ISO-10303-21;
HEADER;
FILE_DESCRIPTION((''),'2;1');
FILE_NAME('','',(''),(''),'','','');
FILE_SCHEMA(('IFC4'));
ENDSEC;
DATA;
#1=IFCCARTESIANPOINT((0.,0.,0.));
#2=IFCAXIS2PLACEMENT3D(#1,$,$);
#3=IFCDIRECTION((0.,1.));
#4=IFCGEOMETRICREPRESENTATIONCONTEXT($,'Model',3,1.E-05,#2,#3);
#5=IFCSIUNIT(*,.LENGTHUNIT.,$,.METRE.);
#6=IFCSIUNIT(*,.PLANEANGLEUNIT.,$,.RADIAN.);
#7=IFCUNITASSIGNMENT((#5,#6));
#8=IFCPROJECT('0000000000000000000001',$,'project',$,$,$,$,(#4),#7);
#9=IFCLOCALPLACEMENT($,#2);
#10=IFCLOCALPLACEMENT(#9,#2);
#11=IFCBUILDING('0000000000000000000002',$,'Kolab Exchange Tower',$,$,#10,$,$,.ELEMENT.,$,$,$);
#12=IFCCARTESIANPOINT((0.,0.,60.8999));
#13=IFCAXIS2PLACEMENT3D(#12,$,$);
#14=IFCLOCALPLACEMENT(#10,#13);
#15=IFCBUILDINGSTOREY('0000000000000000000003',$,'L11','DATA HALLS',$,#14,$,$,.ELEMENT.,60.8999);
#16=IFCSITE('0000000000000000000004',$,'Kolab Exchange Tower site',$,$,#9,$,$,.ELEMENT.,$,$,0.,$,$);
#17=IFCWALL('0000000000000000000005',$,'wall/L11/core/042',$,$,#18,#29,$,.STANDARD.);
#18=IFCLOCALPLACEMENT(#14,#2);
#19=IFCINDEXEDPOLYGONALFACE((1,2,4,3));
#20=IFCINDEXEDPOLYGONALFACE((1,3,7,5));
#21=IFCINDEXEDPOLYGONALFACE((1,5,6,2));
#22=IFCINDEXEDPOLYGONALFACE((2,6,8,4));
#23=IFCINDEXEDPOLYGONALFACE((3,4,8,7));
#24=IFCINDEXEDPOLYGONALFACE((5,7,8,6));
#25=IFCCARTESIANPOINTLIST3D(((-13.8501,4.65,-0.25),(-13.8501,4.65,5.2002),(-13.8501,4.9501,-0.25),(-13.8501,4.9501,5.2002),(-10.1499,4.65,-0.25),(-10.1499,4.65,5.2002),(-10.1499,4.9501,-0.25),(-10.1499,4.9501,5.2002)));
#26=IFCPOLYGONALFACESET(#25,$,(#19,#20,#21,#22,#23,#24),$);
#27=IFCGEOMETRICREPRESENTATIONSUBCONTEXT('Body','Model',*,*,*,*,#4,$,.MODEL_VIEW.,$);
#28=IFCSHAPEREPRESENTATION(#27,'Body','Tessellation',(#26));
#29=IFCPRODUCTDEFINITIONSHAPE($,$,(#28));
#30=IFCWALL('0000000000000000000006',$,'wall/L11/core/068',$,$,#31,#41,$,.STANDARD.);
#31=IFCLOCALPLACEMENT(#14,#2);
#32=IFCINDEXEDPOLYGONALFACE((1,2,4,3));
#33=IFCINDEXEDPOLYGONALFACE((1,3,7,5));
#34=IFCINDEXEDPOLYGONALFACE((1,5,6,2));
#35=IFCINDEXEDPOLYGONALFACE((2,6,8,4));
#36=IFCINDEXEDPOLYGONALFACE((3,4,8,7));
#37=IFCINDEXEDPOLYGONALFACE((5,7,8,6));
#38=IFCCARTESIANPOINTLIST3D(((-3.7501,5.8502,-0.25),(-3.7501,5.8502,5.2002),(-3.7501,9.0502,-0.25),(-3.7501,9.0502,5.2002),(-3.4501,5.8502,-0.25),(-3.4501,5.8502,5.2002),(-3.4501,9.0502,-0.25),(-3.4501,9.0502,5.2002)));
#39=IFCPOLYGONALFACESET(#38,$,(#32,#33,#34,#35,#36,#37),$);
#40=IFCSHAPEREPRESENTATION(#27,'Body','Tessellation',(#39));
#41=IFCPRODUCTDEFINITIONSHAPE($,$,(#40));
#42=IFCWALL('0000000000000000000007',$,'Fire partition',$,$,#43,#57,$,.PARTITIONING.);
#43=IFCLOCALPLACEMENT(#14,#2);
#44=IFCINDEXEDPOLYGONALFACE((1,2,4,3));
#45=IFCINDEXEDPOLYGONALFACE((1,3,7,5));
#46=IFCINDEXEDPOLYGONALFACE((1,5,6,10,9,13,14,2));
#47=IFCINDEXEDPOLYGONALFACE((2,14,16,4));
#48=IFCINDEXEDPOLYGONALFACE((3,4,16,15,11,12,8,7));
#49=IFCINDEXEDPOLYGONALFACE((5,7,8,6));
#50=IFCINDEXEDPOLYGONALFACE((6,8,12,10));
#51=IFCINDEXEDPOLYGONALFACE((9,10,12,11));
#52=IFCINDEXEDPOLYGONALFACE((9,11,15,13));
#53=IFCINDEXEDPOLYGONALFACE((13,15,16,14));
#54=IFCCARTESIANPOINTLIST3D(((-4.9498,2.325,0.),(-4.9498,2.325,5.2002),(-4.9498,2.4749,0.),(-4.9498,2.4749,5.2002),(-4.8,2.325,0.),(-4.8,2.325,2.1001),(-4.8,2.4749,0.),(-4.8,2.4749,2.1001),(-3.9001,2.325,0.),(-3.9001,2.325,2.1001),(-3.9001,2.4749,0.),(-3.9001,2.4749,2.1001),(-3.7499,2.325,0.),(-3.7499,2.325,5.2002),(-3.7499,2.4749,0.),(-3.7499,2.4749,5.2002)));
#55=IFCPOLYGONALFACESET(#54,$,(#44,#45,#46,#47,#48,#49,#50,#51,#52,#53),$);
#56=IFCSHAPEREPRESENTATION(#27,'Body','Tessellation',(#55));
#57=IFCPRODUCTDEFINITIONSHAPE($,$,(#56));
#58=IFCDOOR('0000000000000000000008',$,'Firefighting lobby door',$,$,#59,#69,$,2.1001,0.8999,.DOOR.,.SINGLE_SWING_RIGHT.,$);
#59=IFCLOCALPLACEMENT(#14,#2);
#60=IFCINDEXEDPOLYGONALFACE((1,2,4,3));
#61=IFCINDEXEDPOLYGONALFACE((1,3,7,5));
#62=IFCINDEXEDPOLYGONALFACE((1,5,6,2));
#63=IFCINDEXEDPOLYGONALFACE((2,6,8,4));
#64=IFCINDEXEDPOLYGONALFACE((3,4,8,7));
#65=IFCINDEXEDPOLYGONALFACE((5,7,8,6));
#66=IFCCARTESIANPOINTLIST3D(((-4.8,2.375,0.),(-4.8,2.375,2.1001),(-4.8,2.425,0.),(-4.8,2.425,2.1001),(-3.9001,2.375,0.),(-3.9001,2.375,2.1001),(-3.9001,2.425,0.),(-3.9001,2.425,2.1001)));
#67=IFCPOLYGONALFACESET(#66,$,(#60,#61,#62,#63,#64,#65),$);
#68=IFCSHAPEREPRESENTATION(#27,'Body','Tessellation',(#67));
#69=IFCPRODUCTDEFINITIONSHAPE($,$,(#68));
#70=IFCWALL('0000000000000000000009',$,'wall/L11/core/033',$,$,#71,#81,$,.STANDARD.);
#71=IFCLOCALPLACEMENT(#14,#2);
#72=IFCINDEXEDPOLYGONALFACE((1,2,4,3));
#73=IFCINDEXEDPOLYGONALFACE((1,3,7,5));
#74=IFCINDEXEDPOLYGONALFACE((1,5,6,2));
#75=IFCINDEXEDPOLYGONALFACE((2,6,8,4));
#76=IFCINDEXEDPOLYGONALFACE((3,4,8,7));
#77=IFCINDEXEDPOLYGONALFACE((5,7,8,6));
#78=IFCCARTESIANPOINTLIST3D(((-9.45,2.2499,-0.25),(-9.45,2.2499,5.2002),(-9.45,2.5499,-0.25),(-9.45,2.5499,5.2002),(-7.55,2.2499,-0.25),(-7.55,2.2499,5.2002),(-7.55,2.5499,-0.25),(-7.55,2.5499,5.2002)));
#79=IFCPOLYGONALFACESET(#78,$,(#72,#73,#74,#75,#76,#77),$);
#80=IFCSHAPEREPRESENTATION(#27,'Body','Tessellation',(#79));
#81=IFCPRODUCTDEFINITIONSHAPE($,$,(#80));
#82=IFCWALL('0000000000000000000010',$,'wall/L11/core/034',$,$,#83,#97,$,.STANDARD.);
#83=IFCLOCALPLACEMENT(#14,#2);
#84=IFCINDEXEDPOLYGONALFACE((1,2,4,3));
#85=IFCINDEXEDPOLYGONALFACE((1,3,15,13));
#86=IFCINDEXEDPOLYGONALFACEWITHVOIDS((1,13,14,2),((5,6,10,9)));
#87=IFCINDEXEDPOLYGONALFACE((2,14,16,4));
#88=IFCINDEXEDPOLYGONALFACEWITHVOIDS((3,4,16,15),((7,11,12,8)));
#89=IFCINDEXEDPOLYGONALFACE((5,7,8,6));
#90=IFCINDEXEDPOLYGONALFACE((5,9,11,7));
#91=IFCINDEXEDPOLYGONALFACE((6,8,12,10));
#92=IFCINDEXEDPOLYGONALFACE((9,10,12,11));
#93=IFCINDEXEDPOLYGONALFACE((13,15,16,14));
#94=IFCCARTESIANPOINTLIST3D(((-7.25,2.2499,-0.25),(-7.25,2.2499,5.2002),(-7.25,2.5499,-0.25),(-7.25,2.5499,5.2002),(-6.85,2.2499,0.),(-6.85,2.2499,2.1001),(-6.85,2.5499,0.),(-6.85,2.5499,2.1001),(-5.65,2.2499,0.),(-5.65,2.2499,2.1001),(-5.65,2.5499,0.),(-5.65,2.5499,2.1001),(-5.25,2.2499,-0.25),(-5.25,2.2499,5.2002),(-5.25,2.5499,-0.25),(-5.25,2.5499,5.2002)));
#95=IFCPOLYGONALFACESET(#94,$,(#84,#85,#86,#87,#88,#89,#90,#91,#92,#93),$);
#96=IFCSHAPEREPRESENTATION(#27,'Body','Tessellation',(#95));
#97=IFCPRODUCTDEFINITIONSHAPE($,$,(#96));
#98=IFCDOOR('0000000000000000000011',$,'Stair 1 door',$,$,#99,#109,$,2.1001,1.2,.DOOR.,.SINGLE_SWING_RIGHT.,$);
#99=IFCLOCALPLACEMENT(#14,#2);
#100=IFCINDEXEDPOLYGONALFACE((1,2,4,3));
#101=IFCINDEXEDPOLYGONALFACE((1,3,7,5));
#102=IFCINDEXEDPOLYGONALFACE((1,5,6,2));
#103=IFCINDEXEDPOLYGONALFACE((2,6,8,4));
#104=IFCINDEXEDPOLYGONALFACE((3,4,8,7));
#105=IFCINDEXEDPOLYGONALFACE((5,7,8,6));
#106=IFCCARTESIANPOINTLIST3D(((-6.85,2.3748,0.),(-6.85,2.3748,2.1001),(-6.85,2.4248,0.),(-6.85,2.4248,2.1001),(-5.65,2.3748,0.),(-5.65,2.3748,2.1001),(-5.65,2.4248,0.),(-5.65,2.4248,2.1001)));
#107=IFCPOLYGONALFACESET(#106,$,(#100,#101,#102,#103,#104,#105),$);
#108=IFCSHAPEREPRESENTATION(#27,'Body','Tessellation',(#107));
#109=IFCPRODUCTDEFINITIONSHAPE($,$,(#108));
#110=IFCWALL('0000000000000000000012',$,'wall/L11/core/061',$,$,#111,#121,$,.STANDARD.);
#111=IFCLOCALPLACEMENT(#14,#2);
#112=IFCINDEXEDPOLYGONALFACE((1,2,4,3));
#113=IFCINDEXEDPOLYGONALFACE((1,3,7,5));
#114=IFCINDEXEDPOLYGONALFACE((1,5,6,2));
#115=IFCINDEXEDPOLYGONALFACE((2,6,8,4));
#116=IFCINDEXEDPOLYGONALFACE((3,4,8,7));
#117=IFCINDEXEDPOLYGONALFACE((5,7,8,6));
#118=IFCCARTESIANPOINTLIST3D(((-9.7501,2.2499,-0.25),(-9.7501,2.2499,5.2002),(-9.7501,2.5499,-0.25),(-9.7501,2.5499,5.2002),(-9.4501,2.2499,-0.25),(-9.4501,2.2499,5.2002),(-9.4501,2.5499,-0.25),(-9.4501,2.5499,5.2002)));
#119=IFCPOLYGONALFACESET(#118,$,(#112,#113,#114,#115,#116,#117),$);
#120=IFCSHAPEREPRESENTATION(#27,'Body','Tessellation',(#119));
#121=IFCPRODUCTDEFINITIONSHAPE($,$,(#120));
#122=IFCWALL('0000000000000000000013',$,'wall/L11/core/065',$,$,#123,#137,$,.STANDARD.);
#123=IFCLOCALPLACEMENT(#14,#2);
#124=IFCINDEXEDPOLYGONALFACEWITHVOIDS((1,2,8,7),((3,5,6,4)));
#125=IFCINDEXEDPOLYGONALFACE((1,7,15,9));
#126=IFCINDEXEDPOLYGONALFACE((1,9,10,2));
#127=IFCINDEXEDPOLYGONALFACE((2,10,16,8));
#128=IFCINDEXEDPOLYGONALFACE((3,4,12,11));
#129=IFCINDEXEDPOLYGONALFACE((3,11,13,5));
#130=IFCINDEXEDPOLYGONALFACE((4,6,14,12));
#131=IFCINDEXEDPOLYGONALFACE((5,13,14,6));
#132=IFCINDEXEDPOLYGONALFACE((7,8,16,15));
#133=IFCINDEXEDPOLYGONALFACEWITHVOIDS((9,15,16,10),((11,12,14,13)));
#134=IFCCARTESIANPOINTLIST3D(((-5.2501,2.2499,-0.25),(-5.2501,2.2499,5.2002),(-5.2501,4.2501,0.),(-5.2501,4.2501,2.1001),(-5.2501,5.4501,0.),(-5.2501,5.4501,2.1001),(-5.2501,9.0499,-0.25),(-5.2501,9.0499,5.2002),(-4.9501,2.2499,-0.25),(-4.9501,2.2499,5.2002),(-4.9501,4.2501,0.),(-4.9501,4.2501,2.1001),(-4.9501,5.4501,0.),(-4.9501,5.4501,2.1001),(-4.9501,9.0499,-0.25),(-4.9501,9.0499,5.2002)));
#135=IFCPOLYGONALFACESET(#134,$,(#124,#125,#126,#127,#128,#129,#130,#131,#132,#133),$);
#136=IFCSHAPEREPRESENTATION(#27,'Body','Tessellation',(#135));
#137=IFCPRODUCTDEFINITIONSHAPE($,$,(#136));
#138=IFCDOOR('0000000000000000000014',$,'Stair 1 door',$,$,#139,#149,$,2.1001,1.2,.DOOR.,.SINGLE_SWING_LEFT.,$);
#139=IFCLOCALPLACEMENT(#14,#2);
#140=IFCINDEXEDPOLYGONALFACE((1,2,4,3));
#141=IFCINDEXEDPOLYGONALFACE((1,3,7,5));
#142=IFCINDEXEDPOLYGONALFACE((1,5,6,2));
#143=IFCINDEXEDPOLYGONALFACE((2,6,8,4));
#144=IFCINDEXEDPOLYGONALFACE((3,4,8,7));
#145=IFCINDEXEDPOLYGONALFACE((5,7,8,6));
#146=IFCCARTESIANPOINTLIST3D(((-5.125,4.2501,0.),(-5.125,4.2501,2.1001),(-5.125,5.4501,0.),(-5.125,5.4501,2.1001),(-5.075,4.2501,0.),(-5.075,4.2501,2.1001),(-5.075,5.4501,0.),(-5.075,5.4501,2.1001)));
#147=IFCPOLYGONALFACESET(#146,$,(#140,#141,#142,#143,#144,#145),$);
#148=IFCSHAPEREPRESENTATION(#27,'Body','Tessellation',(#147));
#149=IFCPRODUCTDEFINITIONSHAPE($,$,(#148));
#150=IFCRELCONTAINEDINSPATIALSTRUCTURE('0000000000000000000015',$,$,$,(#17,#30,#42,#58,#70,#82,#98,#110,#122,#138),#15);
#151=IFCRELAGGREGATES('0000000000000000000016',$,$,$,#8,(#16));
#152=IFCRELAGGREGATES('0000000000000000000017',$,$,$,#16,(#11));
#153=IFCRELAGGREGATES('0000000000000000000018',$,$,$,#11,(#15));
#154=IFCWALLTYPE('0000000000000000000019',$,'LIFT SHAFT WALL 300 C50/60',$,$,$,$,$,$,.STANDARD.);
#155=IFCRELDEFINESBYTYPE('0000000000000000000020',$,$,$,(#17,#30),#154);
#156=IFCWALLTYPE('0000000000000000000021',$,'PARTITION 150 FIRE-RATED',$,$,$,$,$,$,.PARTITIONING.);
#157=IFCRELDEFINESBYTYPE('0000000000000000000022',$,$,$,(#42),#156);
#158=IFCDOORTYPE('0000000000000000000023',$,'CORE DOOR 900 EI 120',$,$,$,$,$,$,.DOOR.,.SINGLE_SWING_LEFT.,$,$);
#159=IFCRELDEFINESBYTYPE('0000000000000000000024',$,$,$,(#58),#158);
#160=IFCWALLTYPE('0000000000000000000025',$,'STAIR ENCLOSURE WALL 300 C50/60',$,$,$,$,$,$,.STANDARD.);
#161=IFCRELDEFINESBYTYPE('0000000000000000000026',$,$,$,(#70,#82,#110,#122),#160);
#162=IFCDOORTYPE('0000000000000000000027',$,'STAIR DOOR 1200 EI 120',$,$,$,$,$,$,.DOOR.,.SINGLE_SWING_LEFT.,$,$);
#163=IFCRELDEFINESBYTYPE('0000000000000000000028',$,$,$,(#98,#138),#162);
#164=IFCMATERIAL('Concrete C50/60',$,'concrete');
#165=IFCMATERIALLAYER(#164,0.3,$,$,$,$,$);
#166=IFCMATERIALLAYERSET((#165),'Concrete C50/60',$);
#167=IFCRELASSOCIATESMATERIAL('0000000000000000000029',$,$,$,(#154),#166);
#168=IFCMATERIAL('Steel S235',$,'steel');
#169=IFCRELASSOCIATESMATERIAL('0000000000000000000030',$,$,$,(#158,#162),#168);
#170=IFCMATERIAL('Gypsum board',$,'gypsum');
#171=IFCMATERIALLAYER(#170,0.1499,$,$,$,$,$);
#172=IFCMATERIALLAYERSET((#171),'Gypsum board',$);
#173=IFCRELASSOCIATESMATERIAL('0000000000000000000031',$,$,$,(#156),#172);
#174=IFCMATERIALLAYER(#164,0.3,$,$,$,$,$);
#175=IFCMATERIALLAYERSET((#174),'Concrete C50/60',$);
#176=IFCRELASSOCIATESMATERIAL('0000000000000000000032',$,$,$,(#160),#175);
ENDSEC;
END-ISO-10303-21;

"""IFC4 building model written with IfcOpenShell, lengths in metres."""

from ifc_helpers import new_model, si_unit, direction, frame, frame_2d, origin, place, context, subcontext, project, spatial, rectangle, extrude, material, layer, layer_set, type_object, element, fill, save


model = new_model("IFC4")

# Units and contexts
model_context = context("Model", 3, precision=1e-05, world=origin(), true_north=direction((0.0, 1.0)))
body_context = subcontext(model_context, "Body", "Model", "MODEL_VIEW")
ifc_project = project(units=[si_unit("LENGTHUNIT", "METRE"), si_unit("PLANEANGLEUNIT", "RADIAN")], contexts=[model_context])

# Site, building, storey
site_placement = place(None, origin())
site = spatial("IfcSite", under=ifc_project, at=site_placement, Name="Kolab Exchange Tower site", CompositionType="ELEMENT", RefElevation=0.0)
building_placement = place(site_placement, origin())
building = spatial("IfcBuilding", under=site, at=building_placement, Name="Kolab Exchange Tower", CompositionType="ELEMENT")
storey_placement = place(building_placement, frame((0.0, 0.0, 60.8999)))
storey = spatial("IfcBuildingStorey", under=building, at=storey_placement, Name="L11", Description="DATA HALLS", CompositionType="ELEMENT", Elevation=60.8999)

# Shared definitions
ifc_material_1 = material(Name="Concrete C50/60", Category="concrete")
ifc_layer_1 = layer(ifc_material_1, 0.3)
ifc_layer_set_1 = layer_set([ifc_layer_1], Name="Concrete C50/60")
wall_type_1 = type_object("IfcWallType", Name="LIFT SHAFT WALL 300 C50/60", PredefinedType="STANDARD", material=ifc_layer_set_1)

# Shared definitions
ifc_material_2 = material(Name="Steel S235", Category="steel")
door_type_1 = type_object("IfcDoorType", Name="CORE DOOR 900 EI 120", OperationType="SINGLE_SWING_LEFT", PredefinedType="DOOR", material=ifc_material_2)

# Walls
wall_1_placement = place(storey_placement, frame((-13.8501, 4.8, -0.25), z_axis=(0.0, 0.0, 1.0), x_axis=(1.0, 0.0, 0.0)))
element("IfcWall", 1, at=wall_1_placement, inside=storey, type_object=wall_type_1, Name="wall/L11/core/042", PredefinedType="STANDARD", context=body_context, shape_type="SweptSolid", body=[
    extrude(rectangle(XDim=3.7002, YDim=0.3, at=frame_2d((1.8501, 0.0))), origin(), (0.0, 0.0, 1.0), 5.4502),
])
wall_2_placement = place(storey_placement, frame((-3.6001, 5.8501, -0.25), z_axis=(0.0, 0.0, 1.0), x_axis=(0.0, 1.0, 0.0)))
element("IfcWall", 2, at=wall_2_placement, inside=storey, type_object=wall_type_1, Name="wall/L11/core/068", PredefinedType="STANDARD", context=body_context, shape_type="SweptSolid", body=[
    extrude(rectangle(XDim=3.2, YDim=0.3, at=frame_2d((1.6001, 0.0))), origin(), (0.0, 0.0, 1.0), 5.4502),
])

# Wall, opening, door
ifc_material_3 = material(Name="Gypsum board", Category="gypsum")
ifc_layer_2 = layer(ifc_material_3, 0.1499)
ifc_layer_set_2 = layer_set([ifc_layer_2], Name="Gypsum board")
wall_type_2 = type_object("IfcWallType", Name="PARTITION 150 FIRE-RATED", PredefinedType="PARTITIONING", material=ifc_layer_set_2)
wall_3_placement = place(storey_placement, frame((-4.95, 2.3999, 0.0), z_axis=(0.0, 0.0, 1.0), x_axis=(1.0, 0.0, 0.0)))
wall_3 = element("IfcWall", 3, at=wall_3_placement, inside=storey, type_object=wall_type_2, Name="Fire partition", PredefinedType="PARTITIONING", context=body_context, shape_type="SweptSolid", body=[
    extrude(rectangle(XDim=1.2, YDim=0.1499, at=frame_2d((0.6001, 0.0))), origin(), (0.0, 0.0, 1.0), 5.2002),
])
opening_1_placement = place(wall_3_placement, frame((0.1499, 0.0, 0.0)))
opening_1 = element("IfcOpeningElement", 4, at=opening_1_placement, cuts=wall_3, PredefinedType="OPENING", context=body_context, shape_type="SweptSolid", body=[
    extrude(rectangle(XDim=0.8999, YDim=2.1001, at=frame_2d((0.45, 1.05))), frame((0.0, 0.085, 0.0), z_axis=(0.0, -1.0, 0.0), x_axis=(1.0, 0.0, 0.0)), (0.0, 0.0, 1.0), 0.1699),
])
door_1_placement = place(opening_1_placement, frame((0.8999, 0.0, 0.0), z_axis=(0.0, 0.0, 1.0), x_axis=(-1.0, 0.0, 0.0)))
door_1 = element("IfcDoor", 5, at=door_1_placement, inside=storey, type_object=door_type_1, Name="Firefighting lobby door", OperationType="SINGLE_SWING_RIGHT", OverallHeight=2.1001, OverallWidth=0.8999, PredefinedType="DOOR", context=body_context, shape_type="SweptSolid", body=[
    extrude(rectangle(XDim=0.8999, YDim=2.1001, at=frame_2d((0.45, 1.05))), frame((0.0, 0.0249, 0.0), z_axis=(0.0, -1.0, 0.0), x_axis=(1.0, 0.0, 0.0)), (0.0, 0.0, 1.0), 0.05),
])
fill(opening_1, door_1)

# Wall
ifc_layer_3 = layer(ifc_material_1, 0.3)
ifc_layer_set_3 = layer_set([ifc_layer_3], Name="Concrete C50/60")
wall_type_3 = type_object("IfcWallType", Name="STAIR ENCLOSURE WALL 300 C50/60", PredefinedType="STANDARD", material=ifc_layer_set_3)
wall_4_placement = place(storey_placement, frame((-9.45, 2.3999, -0.25), z_axis=(0.0, 0.0, 1.0), x_axis=(1.0, 0.0, 0.0)))
element("IfcWall", 6, at=wall_4_placement, inside=storey, type_object=wall_type_3, Name="wall/L11/core/033", PredefinedType="STANDARD", context=body_context, shape_type="SweptSolid", body=[
    extrude(rectangle(XDim=1.8999, YDim=0.3, at=frame_2d((0.95, 0.0))), origin(), (0.0, 0.0, 1.0), 5.4502),
])

# Wall, opening, door
wall_5_placement = place(storey_placement, frame((-7.25, 2.3999, -0.25), z_axis=(0.0, 0.0, 1.0), x_axis=(1.0, 0.0, 0.0)))
wall_5 = element("IfcWall", 7, at=wall_5_placement, inside=storey, type_object=wall_type_3, Name="wall/L11/core/034", PredefinedType="STANDARD", context=body_context, shape_type="SweptSolid", body=[
    extrude(rectangle(XDim=2.0, YDim=0.3, at=frame_2d((1.0, 0.0))), origin(), (0.0, 0.0, 1.0), 5.4502),
])
opening_2_placement = place(wall_5_placement, frame((0.3999, 0.0, 0.25)))
opening_2 = element("IfcOpeningElement", 8, at=opening_2_placement, cuts=wall_5, PredefinedType="OPENING", context=body_context, shape_type="SweptSolid", body=[
    extrude(rectangle(XDim=1.2, YDim=2.1001, at=frame_2d((0.6001, 1.05))), frame((0.0, 0.1602, 0.0), z_axis=(0.0, -1.0, 0.0), x_axis=(1.0, 0.0, 0.0)), (0.0, 0.0, 1.0), 0.3201),
])
door_type_2 = type_object("IfcDoorType", Name="STAIR DOOR 1200 EI 120", OperationType="SINGLE_SWING_LEFT", PredefinedType="DOOR", material=ifc_material_2)
door_2_placement = place(opening_2_placement, origin())
door_2 = element("IfcDoor", 9, at=door_2_placement, inside=storey, type_object=door_type_2, Name="Stair 1 door", OperationType="SINGLE_SWING_RIGHT", OverallHeight=2.1001, OverallWidth=1.2, PredefinedType="DOOR", context=body_context, shape_type="SweptSolid", body=[
    extrude(rectangle(XDim=1.2, YDim=2.1001, at=frame_2d((0.6001, 1.05))), frame((0.0, 0.0249, 0.0), z_axis=(0.0, -1.0, 0.0), x_axis=(1.0, 0.0, 0.0)), (0.0, 0.0, 1.0), 0.05),
])
fill(opening_2, door_2)

# Wall
wall_6_placement = place(storey_placement, frame((-9.6001, 2.25, -0.25), z_axis=(0.0, 0.0, 1.0), x_axis=(0.0, 1.0, 0.0)))
element("IfcWall", 10, at=wall_6_placement, inside=storey, type_object=wall_type_3, Name="wall/L11/core/061", PredefinedType="STANDARD", context=body_context, shape_type="SweptSolid", body=[
    extrude(rectangle(XDim=0.3, YDim=0.3, at=frame_2d((0.1499, 0.0))), origin(), (0.0, 0.0, 1.0), 5.4502),
])

# Wall, opening, door
wall_7_placement = place(storey_placement, frame((-5.1001, 2.25, -0.25), z_axis=(0.0, 0.0, 1.0), x_axis=(0.0, 1.0, 0.0)))
wall_7 = element("IfcWall", 11, at=wall_7_placement, inside=storey, type_object=wall_type_3, Name="wall/L11/core/065", PredefinedType="STANDARD", context=body_context, shape_type="SweptSolid", body=[
    extrude(rectangle(XDim=6.8, YDim=0.3, at=frame_2d((3.3999, 0.0))), origin(), (0.0, 0.0, 1.0), 5.4502),
])
opening_3_placement = place(wall_7_placement, frame((2.0, 0.0, 0.25)))
opening_3 = element("IfcOpeningElement", 12, at=opening_3_placement, cuts=wall_7, PredefinedType="OPENING", context=body_context, shape_type="SweptSolid", body=[
    extrude(rectangle(XDim=1.2, YDim=2.1001, at=frame_2d((0.6001, 1.05))), frame((0.0, 0.1602, 0.0), z_axis=(0.0, -1.0, 0.0), x_axis=(1.0, 0.0, 0.0)), (0.0, 0.0, 1.0), 0.3201),
])
door_3_placement = place(opening_3_placement, origin())
door_3 = element("IfcDoor", 13, at=door_3_placement, inside=storey, type_object=door_type_2, Name="Stair 1 door", OperationType="SINGLE_SWING_LEFT", OverallHeight=2.1001, OverallWidth=1.2, PredefinedType="DOOR", context=body_context, shape_type="SweptSolid", body=[
    extrude(rectangle(XDim=1.2, YDim=2.1001, at=frame_2d((0.6001, 1.05))), frame((0.0, 0.0249, 0.0), z_axis=(0.0, -1.0, 0.0), x_axis=(1.0, 0.0, 0.0)), (0.0, 0.0, 1.0), 0.05),
])
fill(opening_3, door_3)

save(model, "model.ifc")
